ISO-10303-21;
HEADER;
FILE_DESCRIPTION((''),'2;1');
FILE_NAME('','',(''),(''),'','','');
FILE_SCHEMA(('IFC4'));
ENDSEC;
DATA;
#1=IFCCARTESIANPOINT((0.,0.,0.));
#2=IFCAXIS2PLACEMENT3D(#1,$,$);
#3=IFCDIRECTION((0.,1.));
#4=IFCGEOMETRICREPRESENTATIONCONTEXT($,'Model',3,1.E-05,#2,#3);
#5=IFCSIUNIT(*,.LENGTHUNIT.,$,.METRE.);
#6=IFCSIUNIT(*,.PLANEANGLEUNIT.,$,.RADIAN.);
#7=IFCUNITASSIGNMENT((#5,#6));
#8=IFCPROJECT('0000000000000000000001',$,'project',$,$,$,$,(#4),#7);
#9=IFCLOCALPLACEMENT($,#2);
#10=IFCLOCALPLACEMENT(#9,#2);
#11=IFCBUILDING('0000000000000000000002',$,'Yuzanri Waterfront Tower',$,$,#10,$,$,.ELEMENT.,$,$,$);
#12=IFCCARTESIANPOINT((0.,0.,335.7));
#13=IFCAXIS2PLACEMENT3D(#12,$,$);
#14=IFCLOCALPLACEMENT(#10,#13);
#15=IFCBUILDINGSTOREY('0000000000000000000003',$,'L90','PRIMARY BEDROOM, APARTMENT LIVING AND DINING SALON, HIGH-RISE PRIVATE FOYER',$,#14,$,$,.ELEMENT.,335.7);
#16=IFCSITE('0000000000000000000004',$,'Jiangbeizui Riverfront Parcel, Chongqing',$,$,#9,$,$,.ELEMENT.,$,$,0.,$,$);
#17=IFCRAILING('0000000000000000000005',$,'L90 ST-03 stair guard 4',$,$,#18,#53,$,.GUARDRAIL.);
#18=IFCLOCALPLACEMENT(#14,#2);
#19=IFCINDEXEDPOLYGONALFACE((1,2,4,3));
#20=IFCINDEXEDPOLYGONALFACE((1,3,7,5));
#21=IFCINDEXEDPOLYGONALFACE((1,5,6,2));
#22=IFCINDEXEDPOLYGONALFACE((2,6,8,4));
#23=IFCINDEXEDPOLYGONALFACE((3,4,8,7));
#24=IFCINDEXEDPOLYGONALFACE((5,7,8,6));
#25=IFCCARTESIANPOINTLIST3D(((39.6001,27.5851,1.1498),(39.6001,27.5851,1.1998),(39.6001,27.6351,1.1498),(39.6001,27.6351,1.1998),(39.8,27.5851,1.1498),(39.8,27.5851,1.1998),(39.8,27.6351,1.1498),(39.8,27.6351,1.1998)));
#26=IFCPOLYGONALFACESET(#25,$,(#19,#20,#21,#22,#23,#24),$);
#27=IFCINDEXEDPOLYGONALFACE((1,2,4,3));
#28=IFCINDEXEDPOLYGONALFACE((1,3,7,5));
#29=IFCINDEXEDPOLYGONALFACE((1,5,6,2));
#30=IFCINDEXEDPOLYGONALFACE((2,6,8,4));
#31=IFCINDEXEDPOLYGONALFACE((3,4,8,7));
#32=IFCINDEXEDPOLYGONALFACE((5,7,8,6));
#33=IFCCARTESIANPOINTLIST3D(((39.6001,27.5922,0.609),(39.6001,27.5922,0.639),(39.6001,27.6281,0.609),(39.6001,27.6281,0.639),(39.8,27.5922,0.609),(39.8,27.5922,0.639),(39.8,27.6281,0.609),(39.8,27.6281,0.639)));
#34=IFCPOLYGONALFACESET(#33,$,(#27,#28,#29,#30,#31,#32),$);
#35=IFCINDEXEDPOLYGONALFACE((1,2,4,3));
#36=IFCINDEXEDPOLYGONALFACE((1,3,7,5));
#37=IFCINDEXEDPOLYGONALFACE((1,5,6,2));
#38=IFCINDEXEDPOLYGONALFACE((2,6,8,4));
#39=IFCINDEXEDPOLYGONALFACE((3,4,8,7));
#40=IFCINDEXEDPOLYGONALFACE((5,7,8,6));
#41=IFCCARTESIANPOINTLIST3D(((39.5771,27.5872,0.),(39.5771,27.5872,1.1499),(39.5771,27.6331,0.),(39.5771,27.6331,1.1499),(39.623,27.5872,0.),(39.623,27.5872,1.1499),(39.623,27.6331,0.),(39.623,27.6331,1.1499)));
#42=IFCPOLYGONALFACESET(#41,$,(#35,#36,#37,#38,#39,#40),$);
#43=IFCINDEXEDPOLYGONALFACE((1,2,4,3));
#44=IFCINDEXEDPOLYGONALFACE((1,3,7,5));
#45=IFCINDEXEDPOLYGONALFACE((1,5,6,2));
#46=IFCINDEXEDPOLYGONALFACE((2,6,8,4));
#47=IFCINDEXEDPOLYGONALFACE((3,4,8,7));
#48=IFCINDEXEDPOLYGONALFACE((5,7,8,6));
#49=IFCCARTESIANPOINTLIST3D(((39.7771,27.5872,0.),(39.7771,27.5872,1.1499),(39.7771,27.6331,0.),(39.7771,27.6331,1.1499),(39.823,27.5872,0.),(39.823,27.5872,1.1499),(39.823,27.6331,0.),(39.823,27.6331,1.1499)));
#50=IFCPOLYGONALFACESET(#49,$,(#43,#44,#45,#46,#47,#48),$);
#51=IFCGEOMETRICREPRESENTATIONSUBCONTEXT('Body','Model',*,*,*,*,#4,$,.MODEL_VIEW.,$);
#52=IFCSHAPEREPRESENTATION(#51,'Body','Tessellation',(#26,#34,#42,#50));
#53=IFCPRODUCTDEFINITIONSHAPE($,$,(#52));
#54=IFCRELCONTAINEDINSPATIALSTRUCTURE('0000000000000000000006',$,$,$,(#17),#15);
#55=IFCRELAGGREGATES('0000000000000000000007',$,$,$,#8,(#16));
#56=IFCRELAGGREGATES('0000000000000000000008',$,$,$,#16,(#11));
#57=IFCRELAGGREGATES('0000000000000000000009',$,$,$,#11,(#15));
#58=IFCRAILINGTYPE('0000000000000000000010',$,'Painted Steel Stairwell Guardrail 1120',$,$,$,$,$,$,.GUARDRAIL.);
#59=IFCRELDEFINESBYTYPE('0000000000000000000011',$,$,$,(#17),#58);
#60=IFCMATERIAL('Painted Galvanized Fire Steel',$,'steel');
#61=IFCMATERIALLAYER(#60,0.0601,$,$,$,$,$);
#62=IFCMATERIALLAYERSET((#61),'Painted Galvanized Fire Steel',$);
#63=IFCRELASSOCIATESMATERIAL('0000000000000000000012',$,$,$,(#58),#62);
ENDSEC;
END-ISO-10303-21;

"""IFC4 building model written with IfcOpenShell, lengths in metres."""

from ifc_helpers import new_model, si_unit, direction, frame, origin, origin_2d, place, context, subcontext, project, spatial, rectangle, extrude, source, transform, mapped, material, layer, layer_set, type_object, element, save


model = new_model("IFC4")

# Units and contexts
model_context = context("Model", 3, precision=1e-05, world=origin(), true_north=direction((0.0, 1.0)))
body_context = subcontext(model_context, "Body", "Model", "MODEL_VIEW")
ifc_project = project(units=[si_unit("LENGTHUNIT", "METRE"), si_unit("PLANEANGLEUNIT", "RADIAN")], contexts=[model_context])

# Site, building, storey
site_placement = place(None, origin())
site = spatial("IfcSite", under=ifc_project, at=site_placement, Name="Jiangbeizui Riverfront Parcel, Chongqing", CompositionType="ELEMENT", RefElevation=0.0)
building_placement = place(site_placement, origin())
building = spatial("IfcBuilding", under=site, at=building_placement, Name="Yuzanri Waterfront Tower", CompositionType="ELEMENT")
storey_placement = place(building_placement, frame((0.0, 0.0, 335.7)))
storey = spatial("IfcBuildingStorey", under=building, at=storey_placement, Name="L90", Description="PRIMARY BEDROOM, APARTMENT LIVING AND DINING SALON, HIGH-RISE PRIVATE FOYER", CompositionType="ELEMENT", Elevation=335.7)

# Railing
ifc_material_1 = material(Name="Painted Galvanized Fire Steel", Category="steel")
ifc_layer_1 = layer(ifc_material_1, 0.0601)
ifc_layer_set_1 = layer_set([ifc_layer_1], Name="Painted Galvanized Fire Steel")
railing_type_1 = type_object("IfcRailingType", Name="Painted Steel Stairwell Guardrail 1120", PredefinedType="GUARDRAIL", material=ifc_layer_set_1)
shared_shape_1 = source(origin(), body_context, "Body", "SweptSolid", [
    extrude(rectangle(XDim=0.05, YDim=0.05, at=origin_2d()), frame((0.0, 0.0, 1.1748), z_axis=(1.0, 0.0, 0.0), x_axis=(0.0, 1.0, 0.0)), (0.0, 0.0, 1.0), 0.2),
    extrude(rectangle(XDim=0.0359, YDim=0.03, at=origin_2d()), frame((0.0, 0.0, 0.624), z_axis=(1.0, 0.0, 0.0), x_axis=(0.0, 1.0, 0.0)), (0.0, 0.0, 1.0), 0.2),
    extrude(rectangle(XDim=0.0459, YDim=0.0459, at=origin_2d()), origin(), (0.0, 0.0, 1.0), 1.1499),
    extrude(rectangle(XDim=0.0459, YDim=0.0459, at=origin_2d()), frame((0.2, 0.0, 0.0)), (0.0, 0.0, 1.0), 1.1499),
])
railing_1_placement = place(storey_placement, frame((39.6001, 27.6101, 0.0)))
element("IfcRailing", 1, at=railing_1_placement, inside=storey, type_object=railing_type_1, Name="L90 ST-03 stair guard 4", PredefinedType="GUARDRAIL", context=body_context, shape_type="MappedRepresentation", body=[
    mapped(shared_shape_1, transform((0.0, 0.0, 0.0), scale=1.0)),
])

save(model, "model.ifc")
